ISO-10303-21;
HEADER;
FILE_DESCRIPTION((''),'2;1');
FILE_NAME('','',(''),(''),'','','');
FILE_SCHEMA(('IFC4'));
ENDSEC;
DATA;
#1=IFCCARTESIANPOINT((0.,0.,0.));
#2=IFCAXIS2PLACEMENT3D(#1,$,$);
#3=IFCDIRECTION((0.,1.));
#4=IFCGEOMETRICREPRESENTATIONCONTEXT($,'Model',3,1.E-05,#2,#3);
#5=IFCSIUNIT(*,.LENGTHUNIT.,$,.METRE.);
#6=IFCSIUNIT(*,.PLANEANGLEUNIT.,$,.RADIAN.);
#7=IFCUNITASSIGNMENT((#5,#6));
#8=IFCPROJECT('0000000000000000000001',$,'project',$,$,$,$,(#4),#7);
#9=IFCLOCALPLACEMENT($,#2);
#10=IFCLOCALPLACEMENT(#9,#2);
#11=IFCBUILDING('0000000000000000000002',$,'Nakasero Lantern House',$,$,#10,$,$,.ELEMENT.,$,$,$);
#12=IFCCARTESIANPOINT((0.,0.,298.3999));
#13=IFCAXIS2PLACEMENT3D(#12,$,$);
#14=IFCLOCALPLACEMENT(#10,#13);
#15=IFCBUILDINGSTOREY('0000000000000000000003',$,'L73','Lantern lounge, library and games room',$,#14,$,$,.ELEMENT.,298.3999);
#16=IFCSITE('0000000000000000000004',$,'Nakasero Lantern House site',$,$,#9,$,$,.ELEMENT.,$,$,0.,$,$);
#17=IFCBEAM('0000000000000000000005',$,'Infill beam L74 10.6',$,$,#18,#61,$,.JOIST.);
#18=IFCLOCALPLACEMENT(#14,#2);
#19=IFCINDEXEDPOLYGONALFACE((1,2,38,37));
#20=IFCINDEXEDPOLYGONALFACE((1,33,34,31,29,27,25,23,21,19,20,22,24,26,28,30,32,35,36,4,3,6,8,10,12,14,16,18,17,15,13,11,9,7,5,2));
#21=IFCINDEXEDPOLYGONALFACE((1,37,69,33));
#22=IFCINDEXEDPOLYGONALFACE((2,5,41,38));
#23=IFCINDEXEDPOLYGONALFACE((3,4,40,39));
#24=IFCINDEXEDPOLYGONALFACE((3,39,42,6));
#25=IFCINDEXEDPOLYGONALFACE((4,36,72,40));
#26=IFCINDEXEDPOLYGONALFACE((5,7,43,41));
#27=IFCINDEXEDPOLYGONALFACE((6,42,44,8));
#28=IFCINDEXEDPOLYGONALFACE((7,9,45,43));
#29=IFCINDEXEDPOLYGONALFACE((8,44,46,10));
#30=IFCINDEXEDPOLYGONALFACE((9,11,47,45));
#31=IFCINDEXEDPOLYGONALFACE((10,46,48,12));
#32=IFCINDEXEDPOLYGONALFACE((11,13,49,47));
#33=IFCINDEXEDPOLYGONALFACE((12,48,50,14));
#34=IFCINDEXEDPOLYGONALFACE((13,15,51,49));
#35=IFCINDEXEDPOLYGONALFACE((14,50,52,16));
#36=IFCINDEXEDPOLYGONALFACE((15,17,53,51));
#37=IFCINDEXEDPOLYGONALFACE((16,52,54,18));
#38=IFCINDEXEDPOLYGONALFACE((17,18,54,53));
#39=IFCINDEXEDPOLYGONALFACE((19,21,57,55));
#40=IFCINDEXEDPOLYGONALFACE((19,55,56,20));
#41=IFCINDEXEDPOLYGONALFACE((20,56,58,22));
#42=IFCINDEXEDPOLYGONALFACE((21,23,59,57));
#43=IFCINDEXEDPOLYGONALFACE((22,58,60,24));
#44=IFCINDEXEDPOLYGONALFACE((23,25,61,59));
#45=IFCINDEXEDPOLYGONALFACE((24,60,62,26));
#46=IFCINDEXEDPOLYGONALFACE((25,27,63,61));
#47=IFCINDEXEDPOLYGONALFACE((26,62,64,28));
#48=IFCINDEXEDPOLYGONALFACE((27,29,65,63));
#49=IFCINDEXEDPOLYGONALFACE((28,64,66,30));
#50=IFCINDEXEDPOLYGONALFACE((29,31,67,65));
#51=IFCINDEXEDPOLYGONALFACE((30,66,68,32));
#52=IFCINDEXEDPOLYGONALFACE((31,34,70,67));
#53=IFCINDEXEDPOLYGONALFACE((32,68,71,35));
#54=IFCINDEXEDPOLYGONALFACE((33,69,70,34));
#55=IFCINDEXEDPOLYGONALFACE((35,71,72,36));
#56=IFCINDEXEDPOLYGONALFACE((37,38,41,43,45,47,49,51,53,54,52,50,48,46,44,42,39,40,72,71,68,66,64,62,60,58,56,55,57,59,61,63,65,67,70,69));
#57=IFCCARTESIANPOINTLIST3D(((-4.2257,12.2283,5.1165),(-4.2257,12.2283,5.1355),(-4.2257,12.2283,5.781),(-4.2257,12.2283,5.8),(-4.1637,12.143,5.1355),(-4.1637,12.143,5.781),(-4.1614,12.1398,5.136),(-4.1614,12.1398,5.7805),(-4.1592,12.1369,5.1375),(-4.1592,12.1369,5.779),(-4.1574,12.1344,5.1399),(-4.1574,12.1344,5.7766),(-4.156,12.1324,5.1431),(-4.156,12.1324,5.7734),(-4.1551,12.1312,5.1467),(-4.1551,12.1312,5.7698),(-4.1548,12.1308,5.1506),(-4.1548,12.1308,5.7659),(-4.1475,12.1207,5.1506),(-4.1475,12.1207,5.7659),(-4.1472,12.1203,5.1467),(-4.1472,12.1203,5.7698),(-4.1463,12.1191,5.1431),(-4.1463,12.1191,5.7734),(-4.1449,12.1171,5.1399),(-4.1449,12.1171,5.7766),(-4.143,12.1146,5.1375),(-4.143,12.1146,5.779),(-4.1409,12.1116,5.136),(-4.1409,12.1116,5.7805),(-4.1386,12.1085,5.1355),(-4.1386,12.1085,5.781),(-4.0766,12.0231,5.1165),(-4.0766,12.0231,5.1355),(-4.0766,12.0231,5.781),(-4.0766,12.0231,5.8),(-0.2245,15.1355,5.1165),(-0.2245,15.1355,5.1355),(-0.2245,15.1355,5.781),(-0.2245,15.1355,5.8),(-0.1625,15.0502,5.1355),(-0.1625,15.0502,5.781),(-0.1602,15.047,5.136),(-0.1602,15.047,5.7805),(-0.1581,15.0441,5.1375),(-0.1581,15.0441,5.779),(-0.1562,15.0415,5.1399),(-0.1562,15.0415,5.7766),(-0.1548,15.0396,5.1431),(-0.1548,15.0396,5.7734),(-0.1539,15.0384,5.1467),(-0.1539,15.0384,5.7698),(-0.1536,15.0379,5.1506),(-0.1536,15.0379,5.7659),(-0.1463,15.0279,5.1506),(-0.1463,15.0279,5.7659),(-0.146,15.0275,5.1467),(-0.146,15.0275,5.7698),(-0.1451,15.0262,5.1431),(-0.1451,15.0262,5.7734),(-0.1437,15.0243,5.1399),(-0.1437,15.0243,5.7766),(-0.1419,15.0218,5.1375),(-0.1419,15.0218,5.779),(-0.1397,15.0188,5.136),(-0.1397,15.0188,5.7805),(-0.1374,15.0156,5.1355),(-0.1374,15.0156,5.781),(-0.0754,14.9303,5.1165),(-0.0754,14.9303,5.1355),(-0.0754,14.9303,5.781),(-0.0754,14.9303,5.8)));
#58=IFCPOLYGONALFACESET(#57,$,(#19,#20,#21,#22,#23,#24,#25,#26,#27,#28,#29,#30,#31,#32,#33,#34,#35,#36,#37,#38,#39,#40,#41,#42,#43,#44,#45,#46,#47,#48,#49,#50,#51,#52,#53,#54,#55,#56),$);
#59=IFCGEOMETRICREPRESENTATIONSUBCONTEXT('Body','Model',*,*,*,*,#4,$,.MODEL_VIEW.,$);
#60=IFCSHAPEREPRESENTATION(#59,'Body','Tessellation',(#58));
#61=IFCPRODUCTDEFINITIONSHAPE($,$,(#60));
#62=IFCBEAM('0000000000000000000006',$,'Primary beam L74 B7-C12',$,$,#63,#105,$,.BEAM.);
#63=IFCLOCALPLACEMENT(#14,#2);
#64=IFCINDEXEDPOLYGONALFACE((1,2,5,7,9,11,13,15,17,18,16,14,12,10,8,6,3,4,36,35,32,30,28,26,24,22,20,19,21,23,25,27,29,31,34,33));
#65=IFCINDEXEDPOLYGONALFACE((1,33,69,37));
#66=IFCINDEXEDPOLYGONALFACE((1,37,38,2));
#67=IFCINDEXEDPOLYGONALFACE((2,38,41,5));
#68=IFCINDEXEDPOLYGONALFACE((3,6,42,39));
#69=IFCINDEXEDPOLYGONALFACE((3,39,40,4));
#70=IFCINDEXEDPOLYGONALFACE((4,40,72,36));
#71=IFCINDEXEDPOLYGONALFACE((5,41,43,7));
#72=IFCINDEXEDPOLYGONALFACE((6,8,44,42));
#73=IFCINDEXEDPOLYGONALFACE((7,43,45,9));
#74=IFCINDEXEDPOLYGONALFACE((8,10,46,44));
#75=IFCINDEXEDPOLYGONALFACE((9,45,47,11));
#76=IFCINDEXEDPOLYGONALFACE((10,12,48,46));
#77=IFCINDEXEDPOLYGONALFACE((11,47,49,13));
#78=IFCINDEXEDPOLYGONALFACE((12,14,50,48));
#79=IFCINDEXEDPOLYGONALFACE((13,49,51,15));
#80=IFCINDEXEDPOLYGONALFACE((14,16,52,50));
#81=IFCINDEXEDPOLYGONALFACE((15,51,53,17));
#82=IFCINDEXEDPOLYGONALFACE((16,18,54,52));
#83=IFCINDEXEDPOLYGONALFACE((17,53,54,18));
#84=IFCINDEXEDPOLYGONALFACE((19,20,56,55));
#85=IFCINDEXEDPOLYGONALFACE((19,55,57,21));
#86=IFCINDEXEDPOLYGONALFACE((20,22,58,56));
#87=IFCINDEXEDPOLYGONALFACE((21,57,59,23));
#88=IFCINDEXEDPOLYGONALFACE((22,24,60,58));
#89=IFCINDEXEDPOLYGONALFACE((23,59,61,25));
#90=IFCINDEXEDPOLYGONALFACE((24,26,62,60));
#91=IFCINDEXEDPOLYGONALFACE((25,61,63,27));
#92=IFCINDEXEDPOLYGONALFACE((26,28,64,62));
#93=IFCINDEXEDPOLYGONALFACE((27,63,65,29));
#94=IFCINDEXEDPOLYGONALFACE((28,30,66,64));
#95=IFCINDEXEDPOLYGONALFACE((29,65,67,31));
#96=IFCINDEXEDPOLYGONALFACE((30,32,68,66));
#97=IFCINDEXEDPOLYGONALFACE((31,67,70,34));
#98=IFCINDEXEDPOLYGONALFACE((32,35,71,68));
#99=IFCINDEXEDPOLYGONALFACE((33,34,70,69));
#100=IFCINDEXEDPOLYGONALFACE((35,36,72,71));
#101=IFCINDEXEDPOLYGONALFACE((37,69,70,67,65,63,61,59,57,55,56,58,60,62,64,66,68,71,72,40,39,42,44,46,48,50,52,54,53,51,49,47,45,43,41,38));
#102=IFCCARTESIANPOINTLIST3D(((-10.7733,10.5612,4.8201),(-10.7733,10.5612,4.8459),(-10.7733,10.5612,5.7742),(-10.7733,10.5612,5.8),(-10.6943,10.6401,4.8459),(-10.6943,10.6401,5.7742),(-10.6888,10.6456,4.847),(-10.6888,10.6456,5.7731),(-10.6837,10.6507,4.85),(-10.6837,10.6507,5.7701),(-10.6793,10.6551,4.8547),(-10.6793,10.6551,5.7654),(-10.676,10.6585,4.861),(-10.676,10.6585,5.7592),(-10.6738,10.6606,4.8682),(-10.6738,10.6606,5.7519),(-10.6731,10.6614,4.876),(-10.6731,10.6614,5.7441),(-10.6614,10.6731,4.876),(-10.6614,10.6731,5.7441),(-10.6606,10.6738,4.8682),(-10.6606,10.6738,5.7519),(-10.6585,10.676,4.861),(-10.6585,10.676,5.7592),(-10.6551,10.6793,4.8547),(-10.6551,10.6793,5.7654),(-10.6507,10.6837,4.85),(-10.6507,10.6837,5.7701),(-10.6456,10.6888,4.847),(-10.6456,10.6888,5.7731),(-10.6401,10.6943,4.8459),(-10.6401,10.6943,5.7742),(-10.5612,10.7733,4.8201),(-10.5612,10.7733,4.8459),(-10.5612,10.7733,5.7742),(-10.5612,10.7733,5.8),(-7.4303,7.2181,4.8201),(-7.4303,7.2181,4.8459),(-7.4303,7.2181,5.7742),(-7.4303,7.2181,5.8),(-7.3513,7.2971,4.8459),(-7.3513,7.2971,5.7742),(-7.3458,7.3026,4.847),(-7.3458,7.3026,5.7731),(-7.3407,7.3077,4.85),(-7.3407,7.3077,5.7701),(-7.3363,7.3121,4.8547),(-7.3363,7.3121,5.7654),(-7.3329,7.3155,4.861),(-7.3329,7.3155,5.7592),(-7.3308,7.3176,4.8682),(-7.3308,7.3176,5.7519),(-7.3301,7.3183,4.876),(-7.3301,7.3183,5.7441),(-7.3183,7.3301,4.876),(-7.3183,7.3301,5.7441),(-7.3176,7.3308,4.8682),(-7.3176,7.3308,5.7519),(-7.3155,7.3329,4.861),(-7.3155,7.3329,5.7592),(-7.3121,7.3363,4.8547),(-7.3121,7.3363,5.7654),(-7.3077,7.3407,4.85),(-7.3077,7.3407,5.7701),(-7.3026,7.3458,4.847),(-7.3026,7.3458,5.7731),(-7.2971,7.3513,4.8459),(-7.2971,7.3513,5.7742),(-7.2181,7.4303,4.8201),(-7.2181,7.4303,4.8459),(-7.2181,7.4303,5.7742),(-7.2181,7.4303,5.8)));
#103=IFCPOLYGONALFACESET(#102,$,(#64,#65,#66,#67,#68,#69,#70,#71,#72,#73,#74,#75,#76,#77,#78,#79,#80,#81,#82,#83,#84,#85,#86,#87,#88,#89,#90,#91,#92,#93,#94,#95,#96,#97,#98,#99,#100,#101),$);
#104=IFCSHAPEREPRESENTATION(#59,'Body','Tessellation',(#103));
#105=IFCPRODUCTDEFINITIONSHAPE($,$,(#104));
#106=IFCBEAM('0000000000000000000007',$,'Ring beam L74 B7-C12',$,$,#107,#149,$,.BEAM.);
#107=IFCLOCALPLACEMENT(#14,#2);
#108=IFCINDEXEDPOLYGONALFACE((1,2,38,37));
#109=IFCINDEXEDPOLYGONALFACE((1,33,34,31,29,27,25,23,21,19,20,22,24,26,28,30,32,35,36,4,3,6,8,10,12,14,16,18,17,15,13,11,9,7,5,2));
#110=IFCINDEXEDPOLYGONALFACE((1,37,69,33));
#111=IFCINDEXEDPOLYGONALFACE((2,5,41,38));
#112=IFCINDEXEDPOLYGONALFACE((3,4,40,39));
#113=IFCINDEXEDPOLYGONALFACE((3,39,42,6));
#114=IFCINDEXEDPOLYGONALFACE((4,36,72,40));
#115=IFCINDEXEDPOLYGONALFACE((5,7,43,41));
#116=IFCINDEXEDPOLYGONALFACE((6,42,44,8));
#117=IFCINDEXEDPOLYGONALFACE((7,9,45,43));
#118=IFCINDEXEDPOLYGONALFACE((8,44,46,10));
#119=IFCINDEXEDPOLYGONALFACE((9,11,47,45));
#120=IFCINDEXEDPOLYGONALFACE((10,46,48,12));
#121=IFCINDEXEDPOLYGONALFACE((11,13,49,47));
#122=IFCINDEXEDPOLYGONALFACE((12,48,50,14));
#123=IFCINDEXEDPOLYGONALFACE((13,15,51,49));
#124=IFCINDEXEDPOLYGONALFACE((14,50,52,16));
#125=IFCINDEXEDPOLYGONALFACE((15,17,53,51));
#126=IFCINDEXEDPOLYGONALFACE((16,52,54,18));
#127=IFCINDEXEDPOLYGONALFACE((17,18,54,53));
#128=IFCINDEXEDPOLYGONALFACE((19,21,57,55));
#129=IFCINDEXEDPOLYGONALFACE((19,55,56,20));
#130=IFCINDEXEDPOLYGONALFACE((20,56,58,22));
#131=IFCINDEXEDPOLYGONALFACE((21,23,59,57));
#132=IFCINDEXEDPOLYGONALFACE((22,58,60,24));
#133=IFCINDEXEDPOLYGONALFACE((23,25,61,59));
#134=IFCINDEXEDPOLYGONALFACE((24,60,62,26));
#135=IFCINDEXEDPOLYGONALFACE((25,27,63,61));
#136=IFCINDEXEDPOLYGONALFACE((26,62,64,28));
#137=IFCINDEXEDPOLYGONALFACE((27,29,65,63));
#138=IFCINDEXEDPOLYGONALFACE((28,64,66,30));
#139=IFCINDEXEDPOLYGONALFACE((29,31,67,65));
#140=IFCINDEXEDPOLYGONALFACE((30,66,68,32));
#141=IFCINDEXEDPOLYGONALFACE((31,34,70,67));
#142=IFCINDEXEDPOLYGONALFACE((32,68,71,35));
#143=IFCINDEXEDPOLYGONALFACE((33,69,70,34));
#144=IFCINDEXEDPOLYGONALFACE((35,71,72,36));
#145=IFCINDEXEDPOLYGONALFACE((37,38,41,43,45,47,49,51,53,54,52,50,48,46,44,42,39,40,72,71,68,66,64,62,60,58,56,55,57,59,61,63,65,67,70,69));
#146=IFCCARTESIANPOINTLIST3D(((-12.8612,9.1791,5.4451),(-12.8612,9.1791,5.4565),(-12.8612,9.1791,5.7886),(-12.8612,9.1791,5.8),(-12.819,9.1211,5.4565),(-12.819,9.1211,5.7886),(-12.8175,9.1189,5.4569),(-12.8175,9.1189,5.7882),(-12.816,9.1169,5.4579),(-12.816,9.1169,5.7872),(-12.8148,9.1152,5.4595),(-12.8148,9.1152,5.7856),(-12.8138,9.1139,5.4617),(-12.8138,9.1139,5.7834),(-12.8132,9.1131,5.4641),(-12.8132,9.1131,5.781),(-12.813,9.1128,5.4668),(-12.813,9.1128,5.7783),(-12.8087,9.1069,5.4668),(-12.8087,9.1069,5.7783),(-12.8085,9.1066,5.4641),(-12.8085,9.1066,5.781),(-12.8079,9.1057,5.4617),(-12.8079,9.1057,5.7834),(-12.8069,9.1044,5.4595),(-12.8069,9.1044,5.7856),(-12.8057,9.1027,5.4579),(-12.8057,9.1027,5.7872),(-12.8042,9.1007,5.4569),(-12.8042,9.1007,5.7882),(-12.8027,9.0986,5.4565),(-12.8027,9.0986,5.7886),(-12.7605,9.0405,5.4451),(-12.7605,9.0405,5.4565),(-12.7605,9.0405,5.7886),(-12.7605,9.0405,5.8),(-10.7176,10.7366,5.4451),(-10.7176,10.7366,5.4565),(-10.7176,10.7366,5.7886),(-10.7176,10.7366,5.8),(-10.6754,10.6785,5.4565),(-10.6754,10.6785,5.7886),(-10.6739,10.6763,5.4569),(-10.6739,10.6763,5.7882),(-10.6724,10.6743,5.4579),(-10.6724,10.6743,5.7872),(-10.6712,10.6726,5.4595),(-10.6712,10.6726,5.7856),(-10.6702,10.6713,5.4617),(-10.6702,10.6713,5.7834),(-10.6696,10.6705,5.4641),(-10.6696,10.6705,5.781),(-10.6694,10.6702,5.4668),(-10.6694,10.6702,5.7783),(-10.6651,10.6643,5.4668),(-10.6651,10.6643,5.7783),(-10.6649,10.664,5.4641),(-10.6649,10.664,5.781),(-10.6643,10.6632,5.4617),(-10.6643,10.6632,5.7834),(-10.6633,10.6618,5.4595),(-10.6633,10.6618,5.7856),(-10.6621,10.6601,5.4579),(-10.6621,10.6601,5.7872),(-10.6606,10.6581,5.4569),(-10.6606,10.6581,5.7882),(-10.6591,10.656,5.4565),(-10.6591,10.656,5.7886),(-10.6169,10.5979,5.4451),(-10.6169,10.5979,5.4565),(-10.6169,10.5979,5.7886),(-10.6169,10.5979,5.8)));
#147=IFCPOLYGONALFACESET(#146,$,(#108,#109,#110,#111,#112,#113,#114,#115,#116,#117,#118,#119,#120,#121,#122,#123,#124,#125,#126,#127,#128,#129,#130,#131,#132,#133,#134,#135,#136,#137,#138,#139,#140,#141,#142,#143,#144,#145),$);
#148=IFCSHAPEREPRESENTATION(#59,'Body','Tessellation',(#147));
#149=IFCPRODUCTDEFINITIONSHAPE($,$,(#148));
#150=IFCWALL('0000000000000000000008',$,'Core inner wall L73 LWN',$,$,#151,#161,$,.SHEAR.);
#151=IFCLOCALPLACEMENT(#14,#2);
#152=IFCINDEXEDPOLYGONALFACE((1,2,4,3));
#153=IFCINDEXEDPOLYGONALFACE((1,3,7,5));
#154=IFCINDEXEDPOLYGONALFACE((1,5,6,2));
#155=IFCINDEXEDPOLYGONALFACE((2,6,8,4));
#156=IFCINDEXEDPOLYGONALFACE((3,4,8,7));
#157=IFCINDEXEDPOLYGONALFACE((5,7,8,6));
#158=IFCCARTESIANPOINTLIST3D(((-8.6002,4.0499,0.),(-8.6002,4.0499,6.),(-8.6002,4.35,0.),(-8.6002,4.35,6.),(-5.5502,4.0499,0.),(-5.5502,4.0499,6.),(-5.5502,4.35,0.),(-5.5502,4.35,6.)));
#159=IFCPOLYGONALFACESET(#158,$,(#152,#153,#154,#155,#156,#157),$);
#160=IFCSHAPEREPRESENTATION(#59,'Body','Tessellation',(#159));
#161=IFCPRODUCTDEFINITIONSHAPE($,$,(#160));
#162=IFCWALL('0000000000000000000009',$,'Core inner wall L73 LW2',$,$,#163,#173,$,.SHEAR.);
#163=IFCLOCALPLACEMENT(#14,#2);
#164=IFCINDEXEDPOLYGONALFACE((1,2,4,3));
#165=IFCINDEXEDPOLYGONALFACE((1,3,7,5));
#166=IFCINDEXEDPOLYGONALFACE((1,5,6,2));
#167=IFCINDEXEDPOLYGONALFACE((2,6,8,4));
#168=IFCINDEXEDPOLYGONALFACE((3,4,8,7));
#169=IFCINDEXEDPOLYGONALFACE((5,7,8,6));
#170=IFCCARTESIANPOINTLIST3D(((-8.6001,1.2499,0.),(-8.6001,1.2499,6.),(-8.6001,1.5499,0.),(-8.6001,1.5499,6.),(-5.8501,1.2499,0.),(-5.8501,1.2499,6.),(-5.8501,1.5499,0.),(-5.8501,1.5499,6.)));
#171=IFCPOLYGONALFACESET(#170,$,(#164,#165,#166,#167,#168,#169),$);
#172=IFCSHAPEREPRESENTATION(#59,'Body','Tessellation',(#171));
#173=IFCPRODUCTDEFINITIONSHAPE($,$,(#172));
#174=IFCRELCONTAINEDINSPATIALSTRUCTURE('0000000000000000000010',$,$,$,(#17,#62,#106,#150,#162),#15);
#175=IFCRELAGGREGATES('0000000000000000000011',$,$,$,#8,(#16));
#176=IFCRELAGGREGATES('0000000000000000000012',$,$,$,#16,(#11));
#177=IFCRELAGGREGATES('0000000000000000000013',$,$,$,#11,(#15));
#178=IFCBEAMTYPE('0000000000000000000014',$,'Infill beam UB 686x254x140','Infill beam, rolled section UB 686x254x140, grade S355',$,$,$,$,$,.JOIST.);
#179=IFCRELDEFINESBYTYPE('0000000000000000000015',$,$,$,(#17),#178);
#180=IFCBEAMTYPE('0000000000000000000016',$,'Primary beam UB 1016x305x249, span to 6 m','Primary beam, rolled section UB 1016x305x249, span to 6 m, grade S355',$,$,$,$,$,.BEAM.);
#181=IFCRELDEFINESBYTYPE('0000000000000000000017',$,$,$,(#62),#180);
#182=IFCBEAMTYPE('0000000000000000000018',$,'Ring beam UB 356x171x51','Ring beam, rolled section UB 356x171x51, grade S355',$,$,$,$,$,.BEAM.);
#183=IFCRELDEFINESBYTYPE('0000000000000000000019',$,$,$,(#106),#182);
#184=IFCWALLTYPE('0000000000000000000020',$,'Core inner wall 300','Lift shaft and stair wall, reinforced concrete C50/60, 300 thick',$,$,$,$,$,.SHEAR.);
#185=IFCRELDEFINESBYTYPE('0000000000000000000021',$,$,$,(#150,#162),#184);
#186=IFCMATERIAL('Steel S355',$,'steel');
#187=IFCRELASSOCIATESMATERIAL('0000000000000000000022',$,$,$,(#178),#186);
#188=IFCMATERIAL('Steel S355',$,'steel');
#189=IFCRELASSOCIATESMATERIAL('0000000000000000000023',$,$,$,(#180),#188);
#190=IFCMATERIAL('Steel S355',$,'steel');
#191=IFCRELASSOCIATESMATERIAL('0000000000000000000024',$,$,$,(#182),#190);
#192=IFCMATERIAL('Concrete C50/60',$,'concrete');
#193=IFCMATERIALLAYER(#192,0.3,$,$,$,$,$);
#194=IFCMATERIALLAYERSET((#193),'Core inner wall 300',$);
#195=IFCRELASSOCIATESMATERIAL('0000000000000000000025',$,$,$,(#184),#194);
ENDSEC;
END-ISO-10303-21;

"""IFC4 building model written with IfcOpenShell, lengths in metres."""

from ifc_helpers import new_model, si_unit, direction, frame, frame_2d, origin, origin_2d, place, context, subcontext, project, spatial, rectangle, i_section, extrude, material, layer, layer_set, material_profile, profile_set, type_object, element, save


model = new_model("IFC4")

# Units and contexts
model_context = context("Model", 3, precision=1e-05, world=origin(), true_north=direction((0.0, 1.0)))
body_context = subcontext(model_context, "Body", "Model", "MODEL_VIEW")
ifc_project = project(units=[si_unit("LENGTHUNIT", "METRE"), si_unit("PLANEANGLEUNIT", "RADIAN")], contexts=[model_context])

# Site, building, storey
site_placement = place(None, origin())
site = spatial("IfcSite", under=ifc_project, at=site_placement, Name="Nakasero Lantern House site", CompositionType="ELEMENT", RefElevation=0.0)
building_placement = place(site_placement, origin())
building = spatial("IfcBuilding", under=site, at=building_placement, Name="Nakasero Lantern House", CompositionType="ELEMENT")
storey_placement = place(building_placement, frame((0.0, 0.0, 298.3999)))
storey = spatial("IfcBuildingStorey", under=building, at=storey_placement, Name="L73", Description="Lantern lounge, library and games room", CompositionType="ELEMENT", Elevation=298.3999)

# Beams
ifc_material_1 = material(Name="Steel S355", Category="steel")
ifc_material_profile_1 = material_profile(ifc_material_1, i_section(OverallWidth=0.2537, OverallDepth=0.6836, WebThickness=0.0125, FlangeThickness=0.019, FilletRadius=0.0151, at=origin_2d()), Name="UB 686x254x140")
ifc_profile_set_1 = profile_set([ifc_material_profile_1], Name="Steel S355")
beam_type_1 = type_object("IfcBeamType", Name="Infill beam UB 686x254x140", Description="Infill beam, rolled section UB 686x254x140, grade S355", PredefinedType="JOIST", material=ifc_profile_set_1)
beam_1_placement = place(storey_placement, frame((-4.1511, 12.1257, 5.4583), z_axis=(0.809001, 0.587808, 0.0), x_axis=(-0.587808, 0.809001, 0.0)))
element("IfcBeam", 1, at=beam_1_placement, inside=storey, type_object=beam_type_1, Name="Infill beam L74 10.6", PredefinedType="JOIST", context=body_context, shape_type="SweptSolid", body=[
    extrude(i_section(OverallWidth=0.2537, OverallDepth=0.6836, WebThickness=0.0125, FlangeThickness=0.019, FilletRadius=0.0151, at=origin_2d()), origin(), (0.0, 0.0, 1.0), 4.9458),
])
ifc_material_2 = material(Name="Steel S355", Category="steel")
ifc_material_profile_2 = material_profile(ifc_material_2, i_section(OverallWidth=0.3, OverallDepth=0.98, WebThickness=0.0166, FlangeThickness=0.0259, FilletRadius=0.03, at=origin_2d()), Name="UB 1016x305x249")
ifc_profile_set_2 = profile_set([ifc_material_profile_2], Name="Steel S355")
beam_type_2 = type_object("IfcBeamType", Name="Primary beam UB 1016x305x249, span to 6 m", Description="Primary beam, rolled section UB 1016x305x249, span to 6 m, grade S355", PredefinedType="BEAM", material=ifc_profile_set_2)
beam_2_placement = place(storey_placement, frame((-10.6672, 10.6672, 5.3101), z_axis=(0.707107, -0.707107, 0.0), x_axis=(0.707107, 0.707107, 0.0)))
element("IfcBeam", 2, at=beam_2_placement, inside=storey, type_object=beam_type_2, Name="Primary beam L74 B7-C12", PredefinedType="BEAM", context=body_context, shape_type="SweptSolid", body=[
    extrude(i_section(OverallWidth=0.3, OverallDepth=0.98, WebThickness=0.0166, FlangeThickness=0.0259, FilletRadius=0.03, at=origin_2d()), origin(), (0.0, 0.0, 1.0), 4.7278),
])
ifc_material_3 = material(Name="Steel S355", Category="steel")
ifc_material_profile_3 = material_profile(ifc_material_3, i_section(OverallWidth=0.1714, OverallDepth=0.355, WebThickness=0.0073, FlangeThickness=0.0115, FilletRadius=0.0103, at=origin_2d()), Name="UB 356x171x51")
ifc_profile_set_3 = profile_set([ifc_material_profile_3], Name="Steel S355")
beam_type_3 = type_object("IfcBeamType", Name="Ring beam UB 356x171x51", Description="Ring beam, rolled section UB 356x171x51, grade S355", PredefinedType="BEAM", material=ifc_profile_set_3)
beam_3_placement = place(storey_placement, frame((-10.6672, 10.6672, 5.6226), z_axis=(-0.809019, -0.587783, 0.0), x_axis=(0.587783, -0.809019, 0.0)))
element("IfcBeam", 3, at=beam_3_placement, inside=storey, type_object=beam_type_3, Name="Ring beam L74 B7-C12", PredefinedType="BEAM", context=body_context, shape_type="SweptSolid", body=[
    extrude(i_section(OverallWidth=0.1714, OverallDepth=0.355, WebThickness=0.0073, FlangeThickness=0.0115, FilletRadius=0.0103, at=origin_2d()), origin(), (0.0, 0.0, 1.0), 2.6497),
])

# Walls
ifc_material_4 = material(Name="Concrete C50/60", Category="concrete")
ifc_layer_1 = layer(ifc_material_4, 0.3)
ifc_layer_set_1 = layer_set([ifc_layer_1], Name="Core inner wall 300")
wall_type_1 = type_object("IfcWallType", Name="Core inner wall 300", Description="Lift shaft and stair wall, reinforced concrete C50/60, 300 thick", PredefinedType="SHEAR", material=ifc_layer_set_1)
wall_1_placement = place(storey_placement, frame((-8.6001, 4.2, 0.0), z_axis=(0.0, 0.0, 1.0), x_axis=(1.0, 0.0, 0.0)))
element("IfcWall", 4, at=wall_1_placement, inside=storey, type_object=wall_type_1, Name="Core inner wall L73 LWN", PredefinedType="SHEAR", context=body_context, shape_type="SweptSolid", body=[
    extrude(rectangle(XDim=3.05, YDim=0.3, at=frame_2d((1.5249, 0.0))), origin(), (0.0, 0.0, 1.0), 6.0),
])
wall_2_placement = place(storey_placement, frame((-8.6001, 1.3999, 0.0), z_axis=(0.0, 0.0, 1.0), x_axis=(1.0, 0.0, 0.0)))
element("IfcWall", 5, at=wall_2_placement, inside=storey, type_object=wall_type_1, Name="Core inner wall L73 LW2", PredefinedType="SHEAR", context=body_context, shape_type="SweptSolid", body=[
    extrude(rectangle(XDim=2.75, YDim=0.3, at=frame_2d((1.375, 0.0))), origin(), (0.0, 0.0, 1.0), 6.0),
])

save(model, "model.ifc")
